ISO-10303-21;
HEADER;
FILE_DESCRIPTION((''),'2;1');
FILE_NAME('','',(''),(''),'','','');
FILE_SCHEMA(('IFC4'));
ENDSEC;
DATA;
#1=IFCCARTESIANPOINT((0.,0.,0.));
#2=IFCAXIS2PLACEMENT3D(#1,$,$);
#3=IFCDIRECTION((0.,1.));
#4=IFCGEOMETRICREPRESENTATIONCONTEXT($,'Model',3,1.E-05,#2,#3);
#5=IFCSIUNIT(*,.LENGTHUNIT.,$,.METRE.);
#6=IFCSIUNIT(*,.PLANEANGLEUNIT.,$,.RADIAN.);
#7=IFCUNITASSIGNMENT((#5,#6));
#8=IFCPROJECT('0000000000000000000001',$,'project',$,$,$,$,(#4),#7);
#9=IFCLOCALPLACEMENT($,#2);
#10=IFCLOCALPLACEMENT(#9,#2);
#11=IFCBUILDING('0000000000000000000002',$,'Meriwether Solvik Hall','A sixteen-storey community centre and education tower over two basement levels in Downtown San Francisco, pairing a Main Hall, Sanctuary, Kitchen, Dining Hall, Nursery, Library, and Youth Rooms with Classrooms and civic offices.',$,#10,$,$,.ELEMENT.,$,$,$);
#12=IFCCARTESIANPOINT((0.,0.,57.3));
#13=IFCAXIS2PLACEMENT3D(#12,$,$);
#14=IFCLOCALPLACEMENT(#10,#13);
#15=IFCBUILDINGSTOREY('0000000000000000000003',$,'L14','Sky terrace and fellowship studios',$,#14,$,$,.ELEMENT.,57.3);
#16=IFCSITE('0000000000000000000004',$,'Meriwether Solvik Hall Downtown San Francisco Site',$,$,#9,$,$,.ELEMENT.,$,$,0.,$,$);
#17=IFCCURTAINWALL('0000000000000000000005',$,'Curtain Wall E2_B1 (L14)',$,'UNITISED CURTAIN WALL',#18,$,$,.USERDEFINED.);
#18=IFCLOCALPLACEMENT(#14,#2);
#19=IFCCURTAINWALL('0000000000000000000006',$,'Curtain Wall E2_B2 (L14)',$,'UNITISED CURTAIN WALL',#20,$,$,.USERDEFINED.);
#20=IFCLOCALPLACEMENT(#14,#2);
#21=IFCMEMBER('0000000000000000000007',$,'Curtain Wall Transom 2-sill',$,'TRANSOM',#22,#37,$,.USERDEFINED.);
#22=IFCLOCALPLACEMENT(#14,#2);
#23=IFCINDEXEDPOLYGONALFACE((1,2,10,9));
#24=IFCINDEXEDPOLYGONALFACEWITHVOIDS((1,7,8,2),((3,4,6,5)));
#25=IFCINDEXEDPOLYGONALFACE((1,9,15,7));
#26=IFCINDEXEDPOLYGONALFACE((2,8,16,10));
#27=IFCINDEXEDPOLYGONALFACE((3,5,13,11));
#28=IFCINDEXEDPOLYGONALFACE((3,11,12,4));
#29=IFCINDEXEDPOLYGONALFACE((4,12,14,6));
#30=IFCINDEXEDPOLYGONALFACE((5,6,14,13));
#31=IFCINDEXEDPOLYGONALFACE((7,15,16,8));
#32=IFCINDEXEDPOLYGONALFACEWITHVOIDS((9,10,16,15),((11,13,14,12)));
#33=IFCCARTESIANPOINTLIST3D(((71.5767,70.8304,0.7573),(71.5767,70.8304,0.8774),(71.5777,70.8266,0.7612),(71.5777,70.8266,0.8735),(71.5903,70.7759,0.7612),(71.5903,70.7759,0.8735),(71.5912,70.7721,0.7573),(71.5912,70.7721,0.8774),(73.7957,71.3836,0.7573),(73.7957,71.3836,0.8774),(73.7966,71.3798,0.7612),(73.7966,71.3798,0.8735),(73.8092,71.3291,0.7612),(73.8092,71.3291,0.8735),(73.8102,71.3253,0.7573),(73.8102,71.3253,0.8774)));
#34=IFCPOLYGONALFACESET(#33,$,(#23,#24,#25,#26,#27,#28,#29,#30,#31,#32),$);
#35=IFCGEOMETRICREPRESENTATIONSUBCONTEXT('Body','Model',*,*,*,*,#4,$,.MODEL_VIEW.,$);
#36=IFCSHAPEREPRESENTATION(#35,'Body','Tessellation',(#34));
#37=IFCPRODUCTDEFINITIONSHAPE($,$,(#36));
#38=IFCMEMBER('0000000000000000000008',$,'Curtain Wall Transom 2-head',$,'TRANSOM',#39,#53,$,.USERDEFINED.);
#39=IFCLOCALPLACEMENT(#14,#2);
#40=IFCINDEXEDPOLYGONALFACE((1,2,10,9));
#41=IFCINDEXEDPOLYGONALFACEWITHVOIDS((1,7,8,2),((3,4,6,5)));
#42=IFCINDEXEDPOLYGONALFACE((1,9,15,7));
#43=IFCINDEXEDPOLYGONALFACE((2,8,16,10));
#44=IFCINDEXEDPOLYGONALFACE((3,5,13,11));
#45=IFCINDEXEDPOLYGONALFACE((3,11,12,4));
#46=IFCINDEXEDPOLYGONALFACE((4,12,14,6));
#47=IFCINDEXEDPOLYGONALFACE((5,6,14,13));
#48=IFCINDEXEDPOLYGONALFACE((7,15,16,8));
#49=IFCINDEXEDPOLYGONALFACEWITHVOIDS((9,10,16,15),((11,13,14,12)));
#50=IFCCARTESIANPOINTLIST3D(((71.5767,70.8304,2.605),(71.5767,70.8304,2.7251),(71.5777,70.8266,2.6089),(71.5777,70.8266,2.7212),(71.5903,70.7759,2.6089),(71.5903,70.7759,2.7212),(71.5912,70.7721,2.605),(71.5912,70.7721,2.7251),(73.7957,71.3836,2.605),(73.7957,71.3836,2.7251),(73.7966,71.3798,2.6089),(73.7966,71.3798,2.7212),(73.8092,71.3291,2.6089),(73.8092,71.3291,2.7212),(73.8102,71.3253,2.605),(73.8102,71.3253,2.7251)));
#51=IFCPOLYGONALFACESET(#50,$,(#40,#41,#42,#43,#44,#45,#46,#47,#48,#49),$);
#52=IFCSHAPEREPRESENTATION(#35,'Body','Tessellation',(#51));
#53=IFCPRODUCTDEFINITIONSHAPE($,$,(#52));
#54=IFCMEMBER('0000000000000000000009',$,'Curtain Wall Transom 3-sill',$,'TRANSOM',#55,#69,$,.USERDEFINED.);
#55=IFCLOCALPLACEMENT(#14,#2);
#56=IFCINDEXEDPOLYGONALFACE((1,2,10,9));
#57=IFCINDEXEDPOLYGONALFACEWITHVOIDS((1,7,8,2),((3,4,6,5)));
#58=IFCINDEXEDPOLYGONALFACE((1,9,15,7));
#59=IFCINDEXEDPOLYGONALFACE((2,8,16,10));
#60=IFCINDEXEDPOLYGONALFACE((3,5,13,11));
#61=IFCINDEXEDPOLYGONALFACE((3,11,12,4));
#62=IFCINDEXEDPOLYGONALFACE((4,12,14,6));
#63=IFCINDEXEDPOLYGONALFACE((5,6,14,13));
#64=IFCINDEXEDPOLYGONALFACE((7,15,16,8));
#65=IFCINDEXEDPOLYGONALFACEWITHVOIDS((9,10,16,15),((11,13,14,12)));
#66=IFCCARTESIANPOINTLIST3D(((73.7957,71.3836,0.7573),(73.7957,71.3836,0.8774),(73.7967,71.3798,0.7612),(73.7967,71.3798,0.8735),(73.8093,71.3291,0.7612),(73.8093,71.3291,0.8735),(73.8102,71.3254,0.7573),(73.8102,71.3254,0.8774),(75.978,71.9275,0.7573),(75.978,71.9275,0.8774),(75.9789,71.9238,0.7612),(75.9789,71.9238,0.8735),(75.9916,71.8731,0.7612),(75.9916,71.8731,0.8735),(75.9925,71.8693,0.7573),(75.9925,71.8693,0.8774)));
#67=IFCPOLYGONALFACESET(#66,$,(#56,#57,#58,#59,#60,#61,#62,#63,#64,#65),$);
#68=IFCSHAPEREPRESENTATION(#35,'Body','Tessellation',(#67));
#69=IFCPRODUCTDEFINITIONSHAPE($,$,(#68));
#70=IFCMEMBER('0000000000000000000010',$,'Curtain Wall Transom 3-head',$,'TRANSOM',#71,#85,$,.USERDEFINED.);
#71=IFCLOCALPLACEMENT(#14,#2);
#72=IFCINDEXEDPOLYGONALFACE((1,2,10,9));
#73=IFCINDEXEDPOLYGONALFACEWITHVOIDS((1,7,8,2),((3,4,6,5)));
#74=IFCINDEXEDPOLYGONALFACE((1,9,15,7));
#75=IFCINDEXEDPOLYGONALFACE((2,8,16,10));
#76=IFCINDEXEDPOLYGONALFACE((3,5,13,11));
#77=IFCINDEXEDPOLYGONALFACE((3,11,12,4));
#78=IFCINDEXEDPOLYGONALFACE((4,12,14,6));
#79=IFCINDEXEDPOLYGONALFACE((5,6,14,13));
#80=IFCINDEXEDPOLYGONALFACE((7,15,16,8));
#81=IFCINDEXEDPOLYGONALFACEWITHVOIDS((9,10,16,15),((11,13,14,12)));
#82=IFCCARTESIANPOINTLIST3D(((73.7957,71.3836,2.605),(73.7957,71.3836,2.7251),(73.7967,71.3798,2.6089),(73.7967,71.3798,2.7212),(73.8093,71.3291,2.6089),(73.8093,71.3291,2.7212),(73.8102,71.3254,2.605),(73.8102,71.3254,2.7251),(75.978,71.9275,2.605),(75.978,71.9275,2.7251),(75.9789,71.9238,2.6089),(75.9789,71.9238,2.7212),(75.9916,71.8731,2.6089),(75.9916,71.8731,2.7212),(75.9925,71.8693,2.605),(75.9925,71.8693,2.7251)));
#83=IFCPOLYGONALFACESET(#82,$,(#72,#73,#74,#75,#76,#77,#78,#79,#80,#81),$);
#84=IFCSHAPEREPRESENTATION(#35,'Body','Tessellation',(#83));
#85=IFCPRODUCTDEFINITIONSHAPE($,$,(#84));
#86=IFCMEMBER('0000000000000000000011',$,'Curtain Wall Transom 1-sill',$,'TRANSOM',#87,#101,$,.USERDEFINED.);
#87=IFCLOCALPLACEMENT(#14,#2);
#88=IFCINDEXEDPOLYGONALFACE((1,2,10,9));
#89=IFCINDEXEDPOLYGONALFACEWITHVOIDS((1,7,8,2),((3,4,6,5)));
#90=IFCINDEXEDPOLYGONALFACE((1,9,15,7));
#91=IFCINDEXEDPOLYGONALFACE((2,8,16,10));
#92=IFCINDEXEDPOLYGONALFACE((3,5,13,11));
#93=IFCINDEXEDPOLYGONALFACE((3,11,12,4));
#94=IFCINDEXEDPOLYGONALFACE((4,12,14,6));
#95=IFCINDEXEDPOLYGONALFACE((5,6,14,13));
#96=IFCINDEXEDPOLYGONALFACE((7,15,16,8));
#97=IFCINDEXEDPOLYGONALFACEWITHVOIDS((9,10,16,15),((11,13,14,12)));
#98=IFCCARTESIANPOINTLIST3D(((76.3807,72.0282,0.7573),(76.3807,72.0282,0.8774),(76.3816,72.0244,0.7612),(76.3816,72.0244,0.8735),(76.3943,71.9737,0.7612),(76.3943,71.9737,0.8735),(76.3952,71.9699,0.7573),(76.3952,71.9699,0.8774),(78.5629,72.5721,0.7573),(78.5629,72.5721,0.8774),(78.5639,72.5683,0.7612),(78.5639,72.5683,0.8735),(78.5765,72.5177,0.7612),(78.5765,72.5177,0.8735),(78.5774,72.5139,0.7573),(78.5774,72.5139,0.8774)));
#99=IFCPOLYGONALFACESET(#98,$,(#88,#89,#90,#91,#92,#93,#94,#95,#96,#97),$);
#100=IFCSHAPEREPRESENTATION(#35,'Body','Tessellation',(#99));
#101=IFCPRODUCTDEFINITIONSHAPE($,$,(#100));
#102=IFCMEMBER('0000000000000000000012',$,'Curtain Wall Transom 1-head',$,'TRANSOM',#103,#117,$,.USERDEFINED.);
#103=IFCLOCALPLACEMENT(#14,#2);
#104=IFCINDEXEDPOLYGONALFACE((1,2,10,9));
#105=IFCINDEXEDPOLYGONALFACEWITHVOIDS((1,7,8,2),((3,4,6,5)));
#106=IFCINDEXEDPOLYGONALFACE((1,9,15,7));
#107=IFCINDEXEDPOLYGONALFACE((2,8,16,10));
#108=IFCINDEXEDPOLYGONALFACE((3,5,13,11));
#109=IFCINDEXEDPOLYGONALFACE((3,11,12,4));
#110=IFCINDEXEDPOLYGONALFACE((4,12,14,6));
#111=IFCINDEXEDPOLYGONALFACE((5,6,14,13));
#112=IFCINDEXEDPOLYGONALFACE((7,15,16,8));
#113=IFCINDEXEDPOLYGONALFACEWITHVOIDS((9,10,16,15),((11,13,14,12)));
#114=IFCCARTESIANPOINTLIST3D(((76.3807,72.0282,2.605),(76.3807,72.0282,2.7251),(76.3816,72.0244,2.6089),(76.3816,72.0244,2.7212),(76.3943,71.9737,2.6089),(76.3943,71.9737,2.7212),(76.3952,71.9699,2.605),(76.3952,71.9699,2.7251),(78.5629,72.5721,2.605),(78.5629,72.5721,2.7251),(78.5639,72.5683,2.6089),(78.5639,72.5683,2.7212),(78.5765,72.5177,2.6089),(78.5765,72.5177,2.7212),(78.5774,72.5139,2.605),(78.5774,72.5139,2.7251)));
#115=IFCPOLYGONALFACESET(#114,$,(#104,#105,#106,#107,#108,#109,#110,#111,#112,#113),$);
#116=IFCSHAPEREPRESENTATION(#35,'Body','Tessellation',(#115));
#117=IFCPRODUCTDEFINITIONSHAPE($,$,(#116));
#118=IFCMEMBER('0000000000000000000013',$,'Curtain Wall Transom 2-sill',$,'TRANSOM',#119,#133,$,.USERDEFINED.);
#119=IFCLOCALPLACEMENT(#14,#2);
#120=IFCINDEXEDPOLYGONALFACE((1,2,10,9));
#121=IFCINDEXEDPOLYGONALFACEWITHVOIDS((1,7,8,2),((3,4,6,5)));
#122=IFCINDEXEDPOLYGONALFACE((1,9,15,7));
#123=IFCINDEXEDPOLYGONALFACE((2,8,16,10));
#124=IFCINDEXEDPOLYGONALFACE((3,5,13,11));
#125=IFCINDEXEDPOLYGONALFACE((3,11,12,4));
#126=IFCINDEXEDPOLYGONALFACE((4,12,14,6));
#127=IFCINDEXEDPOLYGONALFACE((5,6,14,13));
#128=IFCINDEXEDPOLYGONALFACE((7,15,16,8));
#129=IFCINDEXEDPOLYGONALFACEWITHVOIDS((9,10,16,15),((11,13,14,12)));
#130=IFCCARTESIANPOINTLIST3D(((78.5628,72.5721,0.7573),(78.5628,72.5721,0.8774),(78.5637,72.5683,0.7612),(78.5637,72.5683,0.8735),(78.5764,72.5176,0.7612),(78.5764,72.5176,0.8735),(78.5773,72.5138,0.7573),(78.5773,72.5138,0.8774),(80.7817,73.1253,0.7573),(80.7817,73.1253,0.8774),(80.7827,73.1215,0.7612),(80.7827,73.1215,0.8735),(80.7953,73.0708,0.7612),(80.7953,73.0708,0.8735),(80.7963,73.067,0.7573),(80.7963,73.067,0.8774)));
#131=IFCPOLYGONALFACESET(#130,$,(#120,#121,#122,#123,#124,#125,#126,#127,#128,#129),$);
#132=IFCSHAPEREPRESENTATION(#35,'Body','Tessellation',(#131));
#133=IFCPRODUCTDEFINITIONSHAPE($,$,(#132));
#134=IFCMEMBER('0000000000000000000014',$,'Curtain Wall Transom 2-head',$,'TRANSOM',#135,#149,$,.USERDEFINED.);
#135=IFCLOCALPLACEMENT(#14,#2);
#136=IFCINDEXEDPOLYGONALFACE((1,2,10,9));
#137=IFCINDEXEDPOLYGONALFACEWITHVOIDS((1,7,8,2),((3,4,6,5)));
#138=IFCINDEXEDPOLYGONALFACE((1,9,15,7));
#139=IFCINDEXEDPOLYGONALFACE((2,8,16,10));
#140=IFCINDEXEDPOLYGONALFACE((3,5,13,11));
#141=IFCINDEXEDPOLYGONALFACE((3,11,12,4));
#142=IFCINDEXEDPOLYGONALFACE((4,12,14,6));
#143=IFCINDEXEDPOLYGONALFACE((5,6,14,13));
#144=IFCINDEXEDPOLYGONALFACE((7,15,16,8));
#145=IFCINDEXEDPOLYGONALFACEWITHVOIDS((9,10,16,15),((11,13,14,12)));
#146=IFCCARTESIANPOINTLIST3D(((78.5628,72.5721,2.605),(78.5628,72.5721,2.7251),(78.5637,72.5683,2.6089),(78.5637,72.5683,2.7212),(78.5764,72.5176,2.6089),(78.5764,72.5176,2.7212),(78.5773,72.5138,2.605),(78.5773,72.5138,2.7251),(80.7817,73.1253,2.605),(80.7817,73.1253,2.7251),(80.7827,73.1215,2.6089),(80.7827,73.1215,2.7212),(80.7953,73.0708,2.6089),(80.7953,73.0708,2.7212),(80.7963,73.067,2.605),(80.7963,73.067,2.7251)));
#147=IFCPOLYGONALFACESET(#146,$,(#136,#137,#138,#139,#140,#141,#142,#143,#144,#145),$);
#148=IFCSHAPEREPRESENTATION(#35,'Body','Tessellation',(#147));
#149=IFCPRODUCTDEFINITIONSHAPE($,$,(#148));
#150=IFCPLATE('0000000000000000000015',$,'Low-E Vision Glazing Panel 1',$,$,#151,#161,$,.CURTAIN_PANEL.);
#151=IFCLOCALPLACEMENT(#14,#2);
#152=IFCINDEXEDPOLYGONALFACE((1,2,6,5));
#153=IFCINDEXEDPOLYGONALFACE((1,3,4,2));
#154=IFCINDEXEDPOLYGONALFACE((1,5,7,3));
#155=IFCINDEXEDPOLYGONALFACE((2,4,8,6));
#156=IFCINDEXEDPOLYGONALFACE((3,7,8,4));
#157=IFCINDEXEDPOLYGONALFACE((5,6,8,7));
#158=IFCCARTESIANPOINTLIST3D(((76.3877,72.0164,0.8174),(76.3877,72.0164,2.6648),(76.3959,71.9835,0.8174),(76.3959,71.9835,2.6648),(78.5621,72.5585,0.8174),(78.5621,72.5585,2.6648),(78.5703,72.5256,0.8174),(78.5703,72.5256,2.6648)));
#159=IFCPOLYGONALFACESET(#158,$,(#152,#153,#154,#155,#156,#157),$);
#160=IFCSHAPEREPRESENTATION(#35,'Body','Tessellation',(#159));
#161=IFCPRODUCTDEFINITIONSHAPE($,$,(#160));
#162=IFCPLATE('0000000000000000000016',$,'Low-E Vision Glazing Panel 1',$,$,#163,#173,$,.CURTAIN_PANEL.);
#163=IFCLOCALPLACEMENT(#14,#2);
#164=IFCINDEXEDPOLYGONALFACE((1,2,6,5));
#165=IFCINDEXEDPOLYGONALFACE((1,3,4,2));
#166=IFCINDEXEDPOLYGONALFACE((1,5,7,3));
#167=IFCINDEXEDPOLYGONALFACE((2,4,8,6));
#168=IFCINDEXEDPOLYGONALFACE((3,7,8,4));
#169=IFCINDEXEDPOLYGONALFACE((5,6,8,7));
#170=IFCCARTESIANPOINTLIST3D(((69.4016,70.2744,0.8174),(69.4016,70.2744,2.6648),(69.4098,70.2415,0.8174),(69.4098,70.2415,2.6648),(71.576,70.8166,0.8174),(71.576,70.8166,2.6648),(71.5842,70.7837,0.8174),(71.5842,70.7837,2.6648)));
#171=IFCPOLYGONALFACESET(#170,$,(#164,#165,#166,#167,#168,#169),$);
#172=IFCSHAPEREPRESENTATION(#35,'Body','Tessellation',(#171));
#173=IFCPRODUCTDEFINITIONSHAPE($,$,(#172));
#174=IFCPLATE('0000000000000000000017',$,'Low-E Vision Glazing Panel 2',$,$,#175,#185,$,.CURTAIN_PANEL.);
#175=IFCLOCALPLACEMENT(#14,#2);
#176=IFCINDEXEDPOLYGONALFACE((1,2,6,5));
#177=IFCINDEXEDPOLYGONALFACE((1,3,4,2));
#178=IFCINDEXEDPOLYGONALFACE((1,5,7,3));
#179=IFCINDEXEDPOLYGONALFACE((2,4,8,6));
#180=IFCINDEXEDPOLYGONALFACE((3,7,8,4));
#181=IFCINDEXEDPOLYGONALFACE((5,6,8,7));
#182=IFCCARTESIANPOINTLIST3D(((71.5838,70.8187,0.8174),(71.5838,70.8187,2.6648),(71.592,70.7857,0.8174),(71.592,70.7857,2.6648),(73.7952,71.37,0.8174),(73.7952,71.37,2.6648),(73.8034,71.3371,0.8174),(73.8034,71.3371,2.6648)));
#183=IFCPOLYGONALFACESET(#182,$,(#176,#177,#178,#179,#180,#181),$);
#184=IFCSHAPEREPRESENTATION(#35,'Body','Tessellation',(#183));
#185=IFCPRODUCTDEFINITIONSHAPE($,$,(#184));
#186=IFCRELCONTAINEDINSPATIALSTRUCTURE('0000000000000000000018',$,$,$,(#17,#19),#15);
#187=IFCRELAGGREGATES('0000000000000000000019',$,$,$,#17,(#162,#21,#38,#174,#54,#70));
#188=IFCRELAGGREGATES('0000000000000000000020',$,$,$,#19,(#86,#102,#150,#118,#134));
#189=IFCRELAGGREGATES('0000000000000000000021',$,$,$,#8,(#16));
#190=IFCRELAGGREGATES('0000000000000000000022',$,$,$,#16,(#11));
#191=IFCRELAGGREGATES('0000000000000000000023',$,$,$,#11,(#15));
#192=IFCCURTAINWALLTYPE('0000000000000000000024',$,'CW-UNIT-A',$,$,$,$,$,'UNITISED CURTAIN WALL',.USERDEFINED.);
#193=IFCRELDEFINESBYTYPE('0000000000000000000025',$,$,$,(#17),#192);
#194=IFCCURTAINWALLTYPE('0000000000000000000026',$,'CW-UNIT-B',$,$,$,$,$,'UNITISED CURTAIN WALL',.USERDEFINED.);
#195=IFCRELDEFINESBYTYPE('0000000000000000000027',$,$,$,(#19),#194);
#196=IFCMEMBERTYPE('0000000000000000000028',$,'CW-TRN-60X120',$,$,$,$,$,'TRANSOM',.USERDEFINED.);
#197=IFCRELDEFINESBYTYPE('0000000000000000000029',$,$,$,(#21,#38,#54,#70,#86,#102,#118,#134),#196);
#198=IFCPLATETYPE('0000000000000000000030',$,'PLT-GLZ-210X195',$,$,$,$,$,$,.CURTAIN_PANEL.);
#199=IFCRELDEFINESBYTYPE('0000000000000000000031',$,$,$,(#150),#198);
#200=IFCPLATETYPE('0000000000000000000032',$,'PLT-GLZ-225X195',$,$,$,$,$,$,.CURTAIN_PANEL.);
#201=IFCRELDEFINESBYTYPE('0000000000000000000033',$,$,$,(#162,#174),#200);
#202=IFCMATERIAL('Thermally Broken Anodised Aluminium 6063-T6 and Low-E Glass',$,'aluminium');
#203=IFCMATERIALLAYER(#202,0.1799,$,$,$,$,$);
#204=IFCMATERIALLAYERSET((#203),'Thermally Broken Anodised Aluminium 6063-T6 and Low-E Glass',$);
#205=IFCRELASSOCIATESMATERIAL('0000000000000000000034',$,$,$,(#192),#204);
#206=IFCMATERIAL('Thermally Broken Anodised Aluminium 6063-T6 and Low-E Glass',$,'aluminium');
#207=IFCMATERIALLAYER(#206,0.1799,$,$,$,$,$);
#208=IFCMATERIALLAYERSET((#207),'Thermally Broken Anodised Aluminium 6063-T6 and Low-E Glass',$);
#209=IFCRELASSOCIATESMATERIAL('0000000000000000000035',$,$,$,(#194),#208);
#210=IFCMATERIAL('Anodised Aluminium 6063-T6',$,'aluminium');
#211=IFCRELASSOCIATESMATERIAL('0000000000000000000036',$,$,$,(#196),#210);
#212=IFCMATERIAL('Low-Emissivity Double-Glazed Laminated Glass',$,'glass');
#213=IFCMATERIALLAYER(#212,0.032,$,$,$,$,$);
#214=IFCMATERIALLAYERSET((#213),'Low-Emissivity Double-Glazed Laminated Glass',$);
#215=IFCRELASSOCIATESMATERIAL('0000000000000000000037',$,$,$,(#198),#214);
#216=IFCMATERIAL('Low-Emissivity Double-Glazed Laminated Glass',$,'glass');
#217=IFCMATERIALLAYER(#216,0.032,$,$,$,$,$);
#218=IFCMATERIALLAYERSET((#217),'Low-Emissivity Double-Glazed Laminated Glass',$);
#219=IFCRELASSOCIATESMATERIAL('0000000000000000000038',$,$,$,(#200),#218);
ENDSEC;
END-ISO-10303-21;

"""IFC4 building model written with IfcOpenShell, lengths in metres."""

from ifc_helpers import new_model, si_unit, direction, frame, origin, origin_2d, place, context, subcontext, project, spatial, rectangle, hollow_rectangle, extrude, material, layer, layer_set, material_profile, profile_set, type_object, element, aggregate, save


model = new_model("IFC4")

# Units and contexts
model_context = context("Model", 3, precision=1e-05, world=origin(), true_north=direction((0.0, 1.0)))
body_context = subcontext(model_context, "Body", "Model", "MODEL_VIEW")
ifc_project = project(units=[si_unit("LENGTHUNIT", "METRE"), si_unit("PLANEANGLEUNIT", "RADIAN")], contexts=[model_context])

# Site, building, storey
site_placement = place(None, origin())
site = spatial("IfcSite", under=ifc_project, at=site_placement, Name="Meriwether Solvik Hall Downtown San Francisco Site", CompositionType="ELEMENT", RefElevation=0.0)
building_placement = place(site_placement, origin())
building = spatial("IfcBuilding", under=site, at=building_placement, Name="Meriwether Solvik Hall", Description="A sixteen-storey community centre and education tower over two basement levels in Downtown San Francisco, pairing a Main Hall, Sanctuary, Kitchen, Dining Hall, Nursery, Library, and Youth Rooms with Classrooms and civic offices.", CompositionType="ELEMENT")
storey_placement = place(building_placement, frame((0.0, 0.0, 57.3)))
storey = spatial("IfcBuildingStorey", under=building, at=storey_placement, Name="L14", Description="Sky terrace and fellowship studios", CompositionType="ELEMENT", Elevation=57.3)

# Curtain walls
ifc_material_1 = material(Name="Thermally Broken Anodised Aluminium 6063-T6 and Low-E Glass", Category="aluminium")
ifc_layer_1 = layer(ifc_material_1, 0.1799)
ifc_layer_set_1 = layer_set([ifc_layer_1], Name="Thermally Broken Anodised Aluminium 6063-T6 and Low-E Glass")
curtain_wall_type_1 = type_object("IfcCurtainWallType", Name="CW-UNIT-A", ElementType="UNITISED CURTAIN WALL", PredefinedType="USERDEFINED", material=ifc_layer_set_1)
curtain_wall_1_placement = place(storey_placement, origin())
curtain_wall_1 = element("IfcCurtainWall", 1, at=curtain_wall_1_placement, inside=storey, type_object=curtain_wall_type_1, Name="Curtain Wall E2_B1 (L14)", ObjectType="UNITISED CURTAIN WALL", PredefinedType="USERDEFINED")
ifc_material_2 = material(Name="Thermally Broken Anodised Aluminium 6063-T6 and Low-E Glass", Category="aluminium")
ifc_layer_2 = layer(ifc_material_2, 0.1799)
ifc_layer_set_2 = layer_set([ifc_layer_2], Name="Thermally Broken Anodised Aluminium 6063-T6 and Low-E Glass")
curtain_wall_type_2 = type_object("IfcCurtainWallType", Name="CW-UNIT-B", ElementType="UNITISED CURTAIN WALL", PredefinedType="USERDEFINED", material=ifc_layer_set_2)
curtain_wall_2_placement = place(storey_placement, origin())
curtain_wall_2 = element("IfcCurtainWall", 2, at=curtain_wall_2_placement, inside=storey, type_object=curtain_wall_type_2, Name="Curtain Wall E2_B2 (L14)", ObjectType="UNITISED CURTAIN WALL", PredefinedType="USERDEFINED")

# Members
ifc_material_3 = material(Name="Anodised Aluminium 6063-T6", Category="aluminium")
ifc_material_profile_1 = material_profile(ifc_material_3, hollow_rectangle(XDim=0.0601, YDim=0.1201, WallThickness=0.0039, at=origin_2d()), Name="CWT-60X120")
ifc_profile_set_1 = profile_set([ifc_material_profile_1], Name="Anodised Aluminium 6063-T6")
member_type_1 = type_object("IfcMemberType", Name="CW-TRN-60X120", ElementType="TRANSOM", PredefinedType="USERDEFINED", material=ifc_profile_set_1)
member_1_placement = place(storey_placement, frame((71.584, 70.8013, 0.8174), z_axis=(0.970299, 0.241908, 0.0), x_axis=(-0.241908, 0.970299, 0.0)))
member_1 = element("IfcMember", 3, at=member_1_placement, type_object=member_type_1, Name="Curtain Wall Transom 2-sill", ObjectType="TRANSOM", PredefinedType="USERDEFINED", context=body_context, shape_type="SweptSolid", body=[
    extrude(hollow_rectangle(XDim=0.0601, YDim=0.1201, WallThickness=0.0039, at=origin_2d()), origin(), (0.0, 0.0, 1.0), 2.2869),
])
member_2_placement = place(storey_placement, frame((71.584, 70.8013, 2.665), z_axis=(0.970299, 0.241908, 0.0), x_axis=(-0.241908, 0.970299, 0.0)))
member_2 = element("IfcMember", 4, at=member_2_placement, type_object=member_type_1, Name="Curtain Wall Transom 2-head", ObjectType="TRANSOM", PredefinedType="USERDEFINED", context=body_context, shape_type="SweptSolid", body=[
    extrude(hollow_rectangle(XDim=0.0601, YDim=0.1201, WallThickness=0.0039, at=origin_2d()), origin(), (0.0, 0.0, 1.0), 2.2869),
])
member_3_placement = place(storey_placement, frame((73.803, 71.3545, 0.8174), z_axis=(0.970315, 0.241846, 0.0), x_axis=(-0.241846, 0.970315, 0.0)))
member_3 = element("IfcMember", 5, at=member_3_placement, type_object=member_type_1, Name="Curtain Wall Transom 3-sill", ObjectType="TRANSOM", PredefinedType="USERDEFINED", context=body_context, shape_type="SweptSolid", body=[
    extrude(hollow_rectangle(XDim=0.0601, YDim=0.1201, WallThickness=0.0039, at=origin_2d()), origin(), (0.0, 0.0, 1.0), 2.249),
])
member_4_placement = place(storey_placement, frame((73.803, 71.3545, 2.665), z_axis=(0.970315, 0.241846, 0.0), x_axis=(-0.241846, 0.970315, 0.0)))
member_4 = element("IfcMember", 6, at=member_4_placement, type_object=member_type_1, Name="Curtain Wall Transom 3-head", ObjectType="TRANSOM", PredefinedType="USERDEFINED", context=body_context, shape_type="SweptSolid", body=[
    extrude(hollow_rectangle(XDim=0.0601, YDim=0.1201, WallThickness=0.0039, at=origin_2d()), origin(), (0.0, 0.0, 1.0), 2.249),
])
member_5_placement = place(storey_placement, frame((76.3879, 71.999, 0.8174), z_axis=(0.970308, 0.241871, 0.0), x_axis=(-0.241871, 0.970308, 0.0)))
member_5 = element("IfcMember", 7, at=member_5_placement, type_object=member_type_1, Name="Curtain Wall Transom 1-sill", ObjectType="TRANSOM", PredefinedType="USERDEFINED", context=body_context, shape_type="SweptSolid", body=[
    extrude(hollow_rectangle(XDim=0.0601, YDim=0.1201, WallThickness=0.0039, at=origin_2d()), origin(), (0.0, 0.0, 1.0), 2.249),
])
member_6_placement = place(storey_placement, frame((76.3879, 71.999, 2.665), z_axis=(0.970308, 0.241871, 0.0), x_axis=(-0.241871, 0.970308, 0.0)))
member_6 = element("IfcMember", 8, at=member_6_placement, type_object=member_type_1, Name="Curtain Wall Transom 1-head", ObjectType="TRANSOM", PredefinedType="USERDEFINED", context=body_context, shape_type="SweptSolid", body=[
    extrude(hollow_rectangle(XDim=0.0601, YDim=0.1201, WallThickness=0.0039, at=origin_2d()), origin(), (0.0, 0.0, 1.0), 2.249),
])
member_7_placement = place(storey_placement, frame((78.5701, 72.543, 0.8174), z_axis=(0.970299, 0.241908, 0.0), x_axis=(-0.241908, 0.970299, 0.0)))
member_7 = element("IfcMember", 9, at=member_7_placement, type_object=member_type_1, Name="Curtain Wall Transom 2-sill", ObjectType="TRANSOM", PredefinedType="USERDEFINED", context=body_context, shape_type="SweptSolid", body=[
    extrude(hollow_rectangle(XDim=0.0601, YDim=0.1201, WallThickness=0.0039, at=origin_2d()), origin(), (0.0, 0.0, 1.0), 2.2869),
])
member_8_placement = place(storey_placement, frame((78.5701, 72.543, 2.665), z_axis=(0.970299, 0.241908, 0.0), x_axis=(-0.241908, 0.970299, 0.0)))
member_8 = element("IfcMember", 10, at=member_8_placement, type_object=member_type_1, Name="Curtain Wall Transom 2-head", ObjectType="TRANSOM", PredefinedType="USERDEFINED", context=body_context, shape_type="SweptSolid", body=[
    extrude(hollow_rectangle(XDim=0.0601, YDim=0.1201, WallThickness=0.0039, at=origin_2d()), origin(), (0.0, 0.0, 1.0), 2.2869),
])

# Plates
ifc_material_4 = material(Name="Low-Emissivity Double-Glazed Laminated Glass", Category="glass")
ifc_layer_3 = layer(ifc_material_4, 0.032)
ifc_layer_set_3 = layer_set([ifc_layer_3], Name="Low-Emissivity Double-Glazed Laminated Glass")
plate_type_1 = type_object("IfcPlateType", Name="PLT-GLZ-210X195", PredefinedType="CURTAIN_PANEL", material=ifc_layer_set_3)
plate_1_placement = place(storey_placement, frame((77.479, 72.271, 0.8174), z_axis=(0.0, 0.0, 1.0), x_axis=(0.970296, 0.241922, 0.0)))
plate_1 = element("IfcPlate", 11, at=plate_1_placement, type_object=plate_type_1, Name="Low-E Vision Glazing Panel 1", PredefinedType="CURTAIN_PANEL", context=body_context, shape_type="SweptSolid", body=[
    extrude(rectangle(XDim=2.241, YDim=0.0339, at=origin_2d()), origin(), (0.0, 0.0, 1.0), 1.8474),
])
ifc_material_5 = material(Name="Low-Emissivity Double-Glazed Laminated Glass", Category="glass")
ifc_layer_4 = layer(ifc_material_5, 0.032)
ifc_layer_set_4 = layer_set([ifc_layer_4], Name="Low-Emissivity Double-Glazed Laminated Glass")
plate_type_2 = type_object("IfcPlateType", Name="PLT-GLZ-225X195", PredefinedType="CURTAIN_PANEL", material=ifc_layer_set_4)
plate_2_placement = place(storey_placement, frame((70.4929, 70.5291, 0.8174), z_axis=(0.0, 0.0, 1.0), x_axis=(0.970296, 0.241922, 0.0)))
plate_2 = element("IfcPlate", 12, at=plate_2_placement, type_object=plate_type_2, Name="Low-E Vision Glazing Panel 1", PredefinedType="CURTAIN_PANEL", context=body_context, shape_type="SweptSolid", body=[
    extrude(rectangle(XDim=2.241, YDim=0.0339, at=origin_2d()), origin(), (0.0, 0.0, 1.0), 1.8474),
])
plate_3_placement = place(storey_placement, frame((72.6936, 71.0779, 0.8174), z_axis=(0.0, 0.0, 1.0), x_axis=(0.970296, 0.241922, 0.0)))
plate_3 = element("IfcPlate", 13, at=plate_3_placement, type_object=plate_type_2, Name="Low-E Vision Glazing Panel 2", PredefinedType="CURTAIN_PANEL", context=body_context, shape_type="SweptSolid", body=[
    extrude(rectangle(XDim=2.2791, YDim=0.0339, at=origin_2d()), origin(), (0.0, 0.0, 1.0), 1.8474),
])
aggregate(curtain_wall_1, [plate_2, member_1, member_2, plate_3, member_3, member_4])
aggregate(curtain_wall_2, [member_5, member_6, plate_1, member_7, member_8])

save(model, "model.ifc")
